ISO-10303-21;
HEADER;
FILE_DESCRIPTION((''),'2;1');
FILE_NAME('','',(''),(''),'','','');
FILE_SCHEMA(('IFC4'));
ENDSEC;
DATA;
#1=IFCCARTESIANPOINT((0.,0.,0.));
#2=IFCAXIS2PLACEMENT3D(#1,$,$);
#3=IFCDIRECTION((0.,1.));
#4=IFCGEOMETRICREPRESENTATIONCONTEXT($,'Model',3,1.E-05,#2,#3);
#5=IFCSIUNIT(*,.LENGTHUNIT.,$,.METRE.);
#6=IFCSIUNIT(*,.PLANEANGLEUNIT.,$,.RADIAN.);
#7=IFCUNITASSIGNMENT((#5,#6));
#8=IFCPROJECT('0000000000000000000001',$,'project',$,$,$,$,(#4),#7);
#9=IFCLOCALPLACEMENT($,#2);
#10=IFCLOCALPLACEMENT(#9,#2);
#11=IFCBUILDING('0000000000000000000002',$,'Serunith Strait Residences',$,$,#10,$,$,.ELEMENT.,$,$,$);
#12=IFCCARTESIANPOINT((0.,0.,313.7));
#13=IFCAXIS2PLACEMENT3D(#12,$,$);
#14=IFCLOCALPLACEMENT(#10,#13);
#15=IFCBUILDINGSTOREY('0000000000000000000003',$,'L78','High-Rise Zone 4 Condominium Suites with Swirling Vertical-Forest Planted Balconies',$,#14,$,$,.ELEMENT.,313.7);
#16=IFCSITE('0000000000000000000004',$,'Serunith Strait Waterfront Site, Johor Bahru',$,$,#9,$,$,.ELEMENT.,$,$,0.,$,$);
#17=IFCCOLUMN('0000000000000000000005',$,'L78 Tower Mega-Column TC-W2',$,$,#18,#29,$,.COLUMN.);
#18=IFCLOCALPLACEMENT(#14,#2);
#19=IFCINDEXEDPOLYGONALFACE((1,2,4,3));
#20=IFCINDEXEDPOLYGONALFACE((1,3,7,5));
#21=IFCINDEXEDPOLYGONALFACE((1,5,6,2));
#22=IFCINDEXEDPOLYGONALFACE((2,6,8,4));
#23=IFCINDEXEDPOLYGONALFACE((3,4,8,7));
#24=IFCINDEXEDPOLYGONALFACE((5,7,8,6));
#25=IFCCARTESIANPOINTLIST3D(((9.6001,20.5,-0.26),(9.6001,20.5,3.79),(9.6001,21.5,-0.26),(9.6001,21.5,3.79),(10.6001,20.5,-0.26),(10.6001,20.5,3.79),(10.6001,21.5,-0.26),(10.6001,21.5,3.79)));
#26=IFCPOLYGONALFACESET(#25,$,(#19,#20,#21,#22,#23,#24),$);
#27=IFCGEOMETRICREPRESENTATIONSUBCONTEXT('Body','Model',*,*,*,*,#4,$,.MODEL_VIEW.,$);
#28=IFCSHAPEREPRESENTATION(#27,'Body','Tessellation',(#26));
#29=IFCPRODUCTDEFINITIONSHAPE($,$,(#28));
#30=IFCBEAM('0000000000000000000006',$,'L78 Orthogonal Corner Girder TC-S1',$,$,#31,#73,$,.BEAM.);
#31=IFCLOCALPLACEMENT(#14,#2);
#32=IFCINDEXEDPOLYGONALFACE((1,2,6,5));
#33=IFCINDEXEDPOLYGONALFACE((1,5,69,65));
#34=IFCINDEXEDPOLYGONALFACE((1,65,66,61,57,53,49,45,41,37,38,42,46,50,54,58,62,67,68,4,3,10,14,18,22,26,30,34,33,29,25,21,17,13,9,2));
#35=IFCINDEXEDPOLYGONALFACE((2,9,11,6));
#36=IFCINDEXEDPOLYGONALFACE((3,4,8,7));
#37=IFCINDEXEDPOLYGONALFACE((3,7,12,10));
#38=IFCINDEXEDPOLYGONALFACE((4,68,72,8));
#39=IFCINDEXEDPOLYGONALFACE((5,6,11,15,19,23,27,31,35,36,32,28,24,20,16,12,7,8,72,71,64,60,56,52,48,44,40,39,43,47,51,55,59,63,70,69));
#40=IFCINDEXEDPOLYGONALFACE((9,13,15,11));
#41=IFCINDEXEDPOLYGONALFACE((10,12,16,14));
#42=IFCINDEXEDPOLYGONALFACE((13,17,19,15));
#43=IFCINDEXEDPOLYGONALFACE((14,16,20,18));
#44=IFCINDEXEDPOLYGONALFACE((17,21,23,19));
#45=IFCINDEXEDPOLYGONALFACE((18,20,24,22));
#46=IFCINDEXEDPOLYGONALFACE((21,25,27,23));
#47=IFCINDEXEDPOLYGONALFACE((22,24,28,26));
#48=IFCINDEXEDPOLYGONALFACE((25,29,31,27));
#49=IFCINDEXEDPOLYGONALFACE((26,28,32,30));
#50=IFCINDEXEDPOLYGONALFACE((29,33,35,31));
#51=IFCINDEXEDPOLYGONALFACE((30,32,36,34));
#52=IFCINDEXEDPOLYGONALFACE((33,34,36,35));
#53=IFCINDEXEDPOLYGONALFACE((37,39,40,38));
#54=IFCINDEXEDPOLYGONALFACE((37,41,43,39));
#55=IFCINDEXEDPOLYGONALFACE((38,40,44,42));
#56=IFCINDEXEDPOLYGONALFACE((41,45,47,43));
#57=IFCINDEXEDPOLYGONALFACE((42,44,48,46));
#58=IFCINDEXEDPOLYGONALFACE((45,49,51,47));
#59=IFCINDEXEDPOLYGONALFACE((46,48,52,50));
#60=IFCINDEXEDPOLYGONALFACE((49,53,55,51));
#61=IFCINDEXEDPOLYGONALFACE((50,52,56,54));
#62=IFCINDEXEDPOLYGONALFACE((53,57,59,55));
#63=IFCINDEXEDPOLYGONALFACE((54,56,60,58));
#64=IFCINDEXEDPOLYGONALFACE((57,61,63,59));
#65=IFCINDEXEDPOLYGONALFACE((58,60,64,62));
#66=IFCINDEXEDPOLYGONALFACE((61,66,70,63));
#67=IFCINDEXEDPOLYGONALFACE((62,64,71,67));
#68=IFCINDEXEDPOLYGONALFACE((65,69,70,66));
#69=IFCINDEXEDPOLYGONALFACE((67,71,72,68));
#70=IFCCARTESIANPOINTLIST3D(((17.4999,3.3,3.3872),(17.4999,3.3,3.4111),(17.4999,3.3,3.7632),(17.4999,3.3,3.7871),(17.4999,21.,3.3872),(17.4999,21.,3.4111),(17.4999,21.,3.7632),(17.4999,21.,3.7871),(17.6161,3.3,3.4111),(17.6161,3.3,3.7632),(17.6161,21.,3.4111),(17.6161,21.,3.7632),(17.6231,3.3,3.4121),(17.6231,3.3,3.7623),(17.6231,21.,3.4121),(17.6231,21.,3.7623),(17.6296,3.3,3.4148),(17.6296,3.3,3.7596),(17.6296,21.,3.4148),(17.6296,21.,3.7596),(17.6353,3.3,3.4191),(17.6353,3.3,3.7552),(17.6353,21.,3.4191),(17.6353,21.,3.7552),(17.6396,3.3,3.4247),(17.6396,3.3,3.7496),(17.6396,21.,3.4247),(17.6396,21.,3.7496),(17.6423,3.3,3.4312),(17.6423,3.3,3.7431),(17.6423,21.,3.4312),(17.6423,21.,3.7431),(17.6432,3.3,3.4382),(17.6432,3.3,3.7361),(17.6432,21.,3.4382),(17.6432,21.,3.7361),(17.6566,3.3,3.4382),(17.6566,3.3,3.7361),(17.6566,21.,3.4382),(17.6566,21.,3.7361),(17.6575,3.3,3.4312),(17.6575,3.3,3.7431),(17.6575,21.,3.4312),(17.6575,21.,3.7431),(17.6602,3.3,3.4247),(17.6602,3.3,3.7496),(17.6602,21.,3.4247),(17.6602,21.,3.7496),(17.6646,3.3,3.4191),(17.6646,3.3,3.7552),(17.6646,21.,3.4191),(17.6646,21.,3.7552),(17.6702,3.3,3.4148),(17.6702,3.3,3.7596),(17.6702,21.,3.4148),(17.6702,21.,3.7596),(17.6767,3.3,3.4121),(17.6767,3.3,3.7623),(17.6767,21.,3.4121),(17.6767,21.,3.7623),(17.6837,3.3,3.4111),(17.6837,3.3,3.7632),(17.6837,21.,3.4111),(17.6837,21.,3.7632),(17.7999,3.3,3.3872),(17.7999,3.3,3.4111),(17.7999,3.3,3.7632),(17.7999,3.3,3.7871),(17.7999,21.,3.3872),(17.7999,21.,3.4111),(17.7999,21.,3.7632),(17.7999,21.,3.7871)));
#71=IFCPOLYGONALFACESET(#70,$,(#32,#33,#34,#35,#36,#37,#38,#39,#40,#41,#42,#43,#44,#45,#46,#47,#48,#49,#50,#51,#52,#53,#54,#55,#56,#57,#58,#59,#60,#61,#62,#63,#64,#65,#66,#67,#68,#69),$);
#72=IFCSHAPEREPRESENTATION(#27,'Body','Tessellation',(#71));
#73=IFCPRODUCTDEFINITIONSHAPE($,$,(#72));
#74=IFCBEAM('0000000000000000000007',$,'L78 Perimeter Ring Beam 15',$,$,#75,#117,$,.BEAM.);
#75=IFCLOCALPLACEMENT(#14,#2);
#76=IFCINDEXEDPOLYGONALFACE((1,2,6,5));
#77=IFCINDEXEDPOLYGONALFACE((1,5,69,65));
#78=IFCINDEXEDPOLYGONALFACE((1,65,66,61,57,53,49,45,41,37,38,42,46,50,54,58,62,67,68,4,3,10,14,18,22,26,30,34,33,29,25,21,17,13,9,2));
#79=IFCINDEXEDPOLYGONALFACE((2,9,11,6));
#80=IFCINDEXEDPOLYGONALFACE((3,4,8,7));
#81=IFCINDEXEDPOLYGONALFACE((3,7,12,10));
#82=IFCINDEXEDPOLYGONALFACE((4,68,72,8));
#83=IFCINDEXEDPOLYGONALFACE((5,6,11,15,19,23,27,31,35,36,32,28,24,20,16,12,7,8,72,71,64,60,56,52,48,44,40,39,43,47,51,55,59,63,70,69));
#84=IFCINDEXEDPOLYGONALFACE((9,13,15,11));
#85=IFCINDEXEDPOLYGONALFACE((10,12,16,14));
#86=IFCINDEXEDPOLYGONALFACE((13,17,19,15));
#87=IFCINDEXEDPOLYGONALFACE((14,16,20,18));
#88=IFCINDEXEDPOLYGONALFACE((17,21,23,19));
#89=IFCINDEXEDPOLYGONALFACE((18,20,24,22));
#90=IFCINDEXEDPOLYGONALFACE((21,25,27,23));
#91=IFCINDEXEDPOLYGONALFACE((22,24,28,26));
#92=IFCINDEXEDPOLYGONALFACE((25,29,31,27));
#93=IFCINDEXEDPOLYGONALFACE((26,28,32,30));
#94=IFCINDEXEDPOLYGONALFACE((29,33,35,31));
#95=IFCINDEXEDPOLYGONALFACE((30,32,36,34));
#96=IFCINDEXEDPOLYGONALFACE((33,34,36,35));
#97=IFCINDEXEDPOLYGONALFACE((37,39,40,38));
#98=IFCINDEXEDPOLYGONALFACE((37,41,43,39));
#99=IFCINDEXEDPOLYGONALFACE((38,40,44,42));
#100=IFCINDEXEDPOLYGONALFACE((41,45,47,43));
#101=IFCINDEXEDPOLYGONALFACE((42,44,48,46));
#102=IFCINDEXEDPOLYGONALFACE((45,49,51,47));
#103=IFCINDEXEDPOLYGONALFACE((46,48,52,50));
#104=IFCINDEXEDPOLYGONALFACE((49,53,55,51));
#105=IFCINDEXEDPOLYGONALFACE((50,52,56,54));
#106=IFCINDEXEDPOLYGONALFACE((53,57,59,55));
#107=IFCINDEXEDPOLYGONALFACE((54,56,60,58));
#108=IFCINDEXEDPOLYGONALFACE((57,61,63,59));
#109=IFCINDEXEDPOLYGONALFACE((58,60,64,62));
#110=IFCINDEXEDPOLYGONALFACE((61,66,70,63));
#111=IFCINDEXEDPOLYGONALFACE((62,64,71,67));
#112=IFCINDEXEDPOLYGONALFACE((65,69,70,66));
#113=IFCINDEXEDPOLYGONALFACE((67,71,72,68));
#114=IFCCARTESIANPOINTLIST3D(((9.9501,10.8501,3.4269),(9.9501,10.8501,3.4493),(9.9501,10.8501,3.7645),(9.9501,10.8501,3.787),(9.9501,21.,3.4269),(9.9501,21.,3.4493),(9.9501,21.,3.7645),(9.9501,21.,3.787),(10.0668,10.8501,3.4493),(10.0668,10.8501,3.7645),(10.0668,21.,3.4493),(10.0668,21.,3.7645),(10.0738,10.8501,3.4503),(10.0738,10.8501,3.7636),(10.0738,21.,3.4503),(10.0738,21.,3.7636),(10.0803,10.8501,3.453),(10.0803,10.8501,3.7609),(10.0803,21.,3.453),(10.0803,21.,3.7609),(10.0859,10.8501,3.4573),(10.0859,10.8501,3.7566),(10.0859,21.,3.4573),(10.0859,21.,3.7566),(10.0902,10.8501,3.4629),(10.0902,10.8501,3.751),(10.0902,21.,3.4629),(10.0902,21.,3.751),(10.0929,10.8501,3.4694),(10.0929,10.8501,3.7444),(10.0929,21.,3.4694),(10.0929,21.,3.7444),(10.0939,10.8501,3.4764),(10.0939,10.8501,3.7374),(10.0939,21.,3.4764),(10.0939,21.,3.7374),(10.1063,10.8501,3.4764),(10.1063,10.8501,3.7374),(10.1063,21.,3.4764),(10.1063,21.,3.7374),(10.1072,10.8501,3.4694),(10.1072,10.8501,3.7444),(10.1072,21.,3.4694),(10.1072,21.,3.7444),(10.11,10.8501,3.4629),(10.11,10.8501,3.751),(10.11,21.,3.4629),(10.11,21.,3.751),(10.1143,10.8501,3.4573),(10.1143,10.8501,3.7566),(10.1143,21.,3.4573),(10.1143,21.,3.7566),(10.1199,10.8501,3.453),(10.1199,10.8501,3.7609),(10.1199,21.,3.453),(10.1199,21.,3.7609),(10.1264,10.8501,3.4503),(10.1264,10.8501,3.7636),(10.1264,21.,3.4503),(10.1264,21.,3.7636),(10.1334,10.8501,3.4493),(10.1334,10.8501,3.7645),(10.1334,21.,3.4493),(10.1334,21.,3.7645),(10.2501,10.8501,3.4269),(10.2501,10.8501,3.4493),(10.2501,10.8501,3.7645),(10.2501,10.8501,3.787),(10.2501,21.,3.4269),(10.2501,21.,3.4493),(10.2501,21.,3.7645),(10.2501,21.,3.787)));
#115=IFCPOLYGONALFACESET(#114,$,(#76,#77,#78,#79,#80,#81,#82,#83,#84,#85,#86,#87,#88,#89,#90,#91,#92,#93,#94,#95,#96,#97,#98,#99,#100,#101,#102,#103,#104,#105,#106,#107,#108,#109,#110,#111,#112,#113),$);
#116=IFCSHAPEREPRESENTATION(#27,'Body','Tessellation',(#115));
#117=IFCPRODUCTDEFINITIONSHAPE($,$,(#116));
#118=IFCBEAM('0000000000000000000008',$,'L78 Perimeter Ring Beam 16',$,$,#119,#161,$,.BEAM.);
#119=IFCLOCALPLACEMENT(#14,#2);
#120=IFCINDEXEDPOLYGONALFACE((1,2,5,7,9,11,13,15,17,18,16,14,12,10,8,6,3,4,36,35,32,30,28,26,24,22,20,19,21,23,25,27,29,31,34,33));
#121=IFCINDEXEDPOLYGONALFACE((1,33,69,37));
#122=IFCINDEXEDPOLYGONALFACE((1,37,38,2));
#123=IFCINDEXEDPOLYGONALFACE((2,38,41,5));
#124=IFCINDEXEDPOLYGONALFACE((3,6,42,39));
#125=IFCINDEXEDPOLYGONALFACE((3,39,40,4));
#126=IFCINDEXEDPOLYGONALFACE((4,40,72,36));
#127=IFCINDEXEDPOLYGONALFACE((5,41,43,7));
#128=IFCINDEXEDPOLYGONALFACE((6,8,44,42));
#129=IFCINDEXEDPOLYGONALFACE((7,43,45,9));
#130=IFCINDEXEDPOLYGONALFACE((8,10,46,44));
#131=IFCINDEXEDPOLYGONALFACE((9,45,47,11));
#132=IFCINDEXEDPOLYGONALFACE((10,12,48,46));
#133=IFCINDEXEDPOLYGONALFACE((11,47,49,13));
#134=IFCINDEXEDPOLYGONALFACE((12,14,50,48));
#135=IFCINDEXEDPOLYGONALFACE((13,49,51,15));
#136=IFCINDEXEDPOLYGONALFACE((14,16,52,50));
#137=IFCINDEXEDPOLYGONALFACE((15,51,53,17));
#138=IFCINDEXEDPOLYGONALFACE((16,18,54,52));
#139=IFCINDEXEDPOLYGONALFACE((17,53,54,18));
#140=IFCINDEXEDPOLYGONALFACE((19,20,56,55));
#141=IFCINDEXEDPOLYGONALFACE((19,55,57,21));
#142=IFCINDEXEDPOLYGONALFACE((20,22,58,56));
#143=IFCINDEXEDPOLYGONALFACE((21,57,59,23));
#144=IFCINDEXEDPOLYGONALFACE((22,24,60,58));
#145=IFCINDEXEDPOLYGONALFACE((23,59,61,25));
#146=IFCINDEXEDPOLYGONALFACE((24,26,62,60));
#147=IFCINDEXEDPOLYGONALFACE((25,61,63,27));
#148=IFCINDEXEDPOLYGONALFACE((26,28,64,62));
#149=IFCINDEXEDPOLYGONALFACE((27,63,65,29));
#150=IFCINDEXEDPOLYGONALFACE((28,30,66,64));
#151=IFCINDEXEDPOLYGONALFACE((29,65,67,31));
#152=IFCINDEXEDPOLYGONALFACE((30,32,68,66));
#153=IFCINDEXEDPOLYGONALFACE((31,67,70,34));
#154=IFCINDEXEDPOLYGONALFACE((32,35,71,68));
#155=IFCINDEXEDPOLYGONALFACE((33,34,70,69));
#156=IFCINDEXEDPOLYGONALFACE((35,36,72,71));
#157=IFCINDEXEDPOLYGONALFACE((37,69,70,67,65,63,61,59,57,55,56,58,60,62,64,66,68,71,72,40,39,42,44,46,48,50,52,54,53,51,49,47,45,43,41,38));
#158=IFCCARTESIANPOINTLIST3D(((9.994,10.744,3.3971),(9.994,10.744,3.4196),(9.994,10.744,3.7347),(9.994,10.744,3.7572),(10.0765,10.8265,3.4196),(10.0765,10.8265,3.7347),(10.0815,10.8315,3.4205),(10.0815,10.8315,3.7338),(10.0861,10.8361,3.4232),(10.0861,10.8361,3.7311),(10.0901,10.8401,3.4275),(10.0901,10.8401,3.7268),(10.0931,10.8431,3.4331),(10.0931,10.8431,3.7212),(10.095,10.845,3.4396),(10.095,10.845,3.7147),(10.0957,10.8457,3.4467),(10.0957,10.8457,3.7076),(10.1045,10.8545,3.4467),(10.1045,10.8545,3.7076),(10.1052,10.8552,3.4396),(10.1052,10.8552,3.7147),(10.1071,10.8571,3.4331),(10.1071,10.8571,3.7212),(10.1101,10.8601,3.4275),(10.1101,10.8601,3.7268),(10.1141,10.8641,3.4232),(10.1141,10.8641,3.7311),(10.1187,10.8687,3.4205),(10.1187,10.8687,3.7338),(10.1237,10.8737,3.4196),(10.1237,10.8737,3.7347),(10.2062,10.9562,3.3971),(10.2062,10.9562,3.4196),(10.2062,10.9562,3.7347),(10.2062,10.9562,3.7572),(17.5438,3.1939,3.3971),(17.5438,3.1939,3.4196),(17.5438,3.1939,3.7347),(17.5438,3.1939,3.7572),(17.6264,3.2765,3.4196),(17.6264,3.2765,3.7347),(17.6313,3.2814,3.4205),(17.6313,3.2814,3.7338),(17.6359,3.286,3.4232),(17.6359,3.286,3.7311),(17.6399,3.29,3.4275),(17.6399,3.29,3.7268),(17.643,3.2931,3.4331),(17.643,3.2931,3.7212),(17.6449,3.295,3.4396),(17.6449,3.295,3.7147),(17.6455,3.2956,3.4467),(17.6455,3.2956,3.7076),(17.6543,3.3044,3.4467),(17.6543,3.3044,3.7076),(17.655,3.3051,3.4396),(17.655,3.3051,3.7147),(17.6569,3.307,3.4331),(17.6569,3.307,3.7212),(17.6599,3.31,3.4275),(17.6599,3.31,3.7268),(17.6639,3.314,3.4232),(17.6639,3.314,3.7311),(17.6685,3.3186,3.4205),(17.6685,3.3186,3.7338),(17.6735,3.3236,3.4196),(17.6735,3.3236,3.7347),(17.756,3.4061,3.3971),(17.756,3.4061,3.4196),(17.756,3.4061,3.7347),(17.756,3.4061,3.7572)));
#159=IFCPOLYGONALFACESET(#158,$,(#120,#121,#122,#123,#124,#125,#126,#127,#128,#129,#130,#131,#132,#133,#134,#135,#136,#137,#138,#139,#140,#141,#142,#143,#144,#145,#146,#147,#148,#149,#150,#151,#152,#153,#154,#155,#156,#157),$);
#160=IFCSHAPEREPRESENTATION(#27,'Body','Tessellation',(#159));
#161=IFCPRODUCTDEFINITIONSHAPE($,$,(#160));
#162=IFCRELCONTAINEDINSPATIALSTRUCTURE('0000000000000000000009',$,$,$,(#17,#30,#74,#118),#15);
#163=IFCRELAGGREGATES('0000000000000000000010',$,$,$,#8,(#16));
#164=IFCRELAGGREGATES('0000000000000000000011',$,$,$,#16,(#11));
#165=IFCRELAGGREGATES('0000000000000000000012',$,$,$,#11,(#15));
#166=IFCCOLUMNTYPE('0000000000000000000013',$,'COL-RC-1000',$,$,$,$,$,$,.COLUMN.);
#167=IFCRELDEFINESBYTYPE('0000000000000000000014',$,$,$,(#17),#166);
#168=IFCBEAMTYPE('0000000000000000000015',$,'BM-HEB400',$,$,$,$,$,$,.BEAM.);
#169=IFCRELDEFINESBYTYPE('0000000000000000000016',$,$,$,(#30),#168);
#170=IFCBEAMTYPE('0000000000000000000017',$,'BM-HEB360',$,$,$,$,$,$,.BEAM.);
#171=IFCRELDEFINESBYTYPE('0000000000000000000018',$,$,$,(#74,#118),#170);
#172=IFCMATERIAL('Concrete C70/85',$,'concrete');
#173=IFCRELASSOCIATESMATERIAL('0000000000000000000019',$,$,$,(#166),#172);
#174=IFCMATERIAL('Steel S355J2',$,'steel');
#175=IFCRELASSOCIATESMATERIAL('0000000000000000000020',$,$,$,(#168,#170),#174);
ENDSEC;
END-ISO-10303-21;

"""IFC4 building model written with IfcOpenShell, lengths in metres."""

from ifc_helpers import new_model, si_unit, direction, frame, origin, origin_2d, place, context, subcontext, project, spatial, rectangle, i_section, extrude, source, transform, mapped, material, material_profile, profile_set, type_object, element, save


model = new_model("IFC4")

# Units and contexts
model_context = context("Model", 3, precision=1e-05, world=origin(), true_north=direction((0.0, 1.0)))
body_context = subcontext(model_context, "Body", "Model", "MODEL_VIEW")
ifc_project = project(units=[si_unit("LENGTHUNIT", "METRE"), si_unit("PLANEANGLEUNIT", "RADIAN")], contexts=[model_context])

# Site, building, storey
site_placement = place(None, origin())
site = spatial("IfcSite", under=ifc_project, at=site_placement, Name="Serunith Strait Waterfront Site, Johor Bahru", CompositionType="ELEMENT", RefElevation=0.0)
building_placement = place(site_placement, origin())
building = spatial("IfcBuilding", under=site, at=building_placement, Name="Serunith Strait Residences", CompositionType="ELEMENT")
storey_placement = place(building_placement, frame((0.0, 0.0, 313.7)))
storey = spatial("IfcBuildingStorey", under=building, at=storey_placement, Name="L78", Description="High-Rise Zone 4 Condominium Suites with Swirling Vertical-Forest Planted Balconies", CompositionType="ELEMENT", Elevation=313.7)

# Column
ifc_material_1 = material(Name="Concrete C70/85", Category="concrete")
ifc_material_profile_1 = material_profile(ifc_material_1, rectangle(XDim=1.0, YDim=1.0, at=origin_2d()), Name="RC 1000x1000")
ifc_profile_set_1 = profile_set([ifc_material_profile_1], Name="Concrete C70/85")
column_type = type_object("IfcColumnType", Name="COL-RC-1000", PredefinedType="COLUMN", material=ifc_profile_set_1)
shared_shape_1 = source(origin(), body_context, "Body", "SweptSolid", [
    extrude(rectangle(XDim=1.0, YDim=1.0, at=origin_2d()), origin(), (0.0, 0.0, 1.0), 4.05),
])
column_placement = place(storey_placement, frame((10.1001, 21.0, -0.26), z_axis=(0.0, 0.0, 1.0), x_axis=(1.0, 0.0, 0.0)))
element("IfcColumn", 1, at=column_placement, inside=storey, type_object=column_type, Name="L78 Tower Mega-Column TC-W2", PredefinedType="COLUMN", context=body_context, shape_type="MappedRepresentation", body=[
    mapped(shared_shape_1, transform((0.0, 0.0, 0.0), scale=1.0)),
])

# Beams
ifc_material_2 = material(Name="Steel S355J2", Category="steel")
ifc_material_profile_2 = material_profile(ifc_material_2, i_section(OverallWidth=0.3, OverallDepth=0.3999, WebThickness=0.0134, FlangeThickness=0.0239, FilletRadius=0.0271, at=origin_2d()), Name="HEB 400")
ifc_profile_set_2 = profile_set([ifc_material_profile_2], Name="Steel S355J2")
beam_type_1 = type_object("IfcBeamType", Name="BM-HEB400", PredefinedType="BEAM", material=ifc_profile_set_2)
shared_shape_2 = source(origin(), body_context, "Body", "SweptSolid", [
    extrude(i_section(OverallWidth=0.3, OverallDepth=0.3999, WebThickness=0.0134, FlangeThickness=0.0239, FilletRadius=0.0271, at=origin_2d()), origin(), (0.0, 0.0, 1.0), 17.7),
])
beam_1_placement = place(storey_placement, frame((17.6499, 21.0, 3.5872), z_axis=(0.0, -1.0, 0.0), x_axis=(1.0, 0.0, 0.0)))
element("IfcBeam", 2, at=beam_1_placement, inside=storey, type_object=beam_type_1, Name="L78 Orthogonal Corner Girder TC-S1", PredefinedType="BEAM", context=body_context, shape_type="MappedRepresentation", body=[
    mapped(shared_shape_2, transform((0.0, 0.0, 0.0), scale=1.0)),
])
ifc_material_profile_3 = material_profile(ifc_material_2, i_section(OverallWidth=0.3, OverallDepth=0.3601, WebThickness=0.0125, FlangeThickness=0.0225, FilletRadius=0.0271, at=origin_2d()), Name="HEB 360")
ifc_profile_set_3 = profile_set([ifc_material_profile_3], Name="Steel S355J2")
beam_type_2 = type_object("IfcBeamType", Name="BM-HEB360", PredefinedType="BEAM", material=ifc_profile_set_3)
shared_shape_3 = source(origin(), body_context, "Body", "SweptSolid", [
    extrude(i_section(OverallWidth=0.3, OverallDepth=0.3601, WebThickness=0.0125, FlangeThickness=0.0225, FilletRadius=0.0271, at=origin_2d()), origin(), (0.0, 0.0, 1.0), 10.1499),
])
beam_2_placement = place(storey_placement, frame((10.1001, 21.0, 3.6069), z_axis=(0.0, -1.0, 0.0), x_axis=(1.0, 0.0, 0.0)))
element("IfcBeam", 3, at=beam_2_placement, inside=storey, type_object=beam_type_2, Name="L78 Perimeter Ring Beam 15", PredefinedType="BEAM", context=body_context, shape_type="MappedRepresentation", body=[
    mapped(shared_shape_3, transform((0.0, 0.0, 0.0), scale=1.0)),
])
shared_shape_4 = source(origin(), body_context, "Body", "SweptSolid", [
    extrude(i_section(OverallWidth=0.3, OverallDepth=0.3601, WebThickness=0.0125, FlangeThickness=0.0225, FilletRadius=0.0271, at=origin_2d()), origin(), (0.0, 0.0, 1.0), 10.6772),
])
beam_3_placement = place(storey_placement, frame((10.1001, 10.8501, 3.5771), z_axis=(0.707095, -0.707118, 0.0), x_axis=(0.707118, 0.707095, 0.0)))
element("IfcBeam", 4, at=beam_3_placement, inside=storey, type_object=beam_type_2, Name="L78 Perimeter Ring Beam 16", PredefinedType="BEAM", context=body_context, shape_type="MappedRepresentation", body=[
    mapped(shared_shape_4, transform((0.0, 0.0, 0.0), scale=1.0)),
])

save(model, "model.ifc")
